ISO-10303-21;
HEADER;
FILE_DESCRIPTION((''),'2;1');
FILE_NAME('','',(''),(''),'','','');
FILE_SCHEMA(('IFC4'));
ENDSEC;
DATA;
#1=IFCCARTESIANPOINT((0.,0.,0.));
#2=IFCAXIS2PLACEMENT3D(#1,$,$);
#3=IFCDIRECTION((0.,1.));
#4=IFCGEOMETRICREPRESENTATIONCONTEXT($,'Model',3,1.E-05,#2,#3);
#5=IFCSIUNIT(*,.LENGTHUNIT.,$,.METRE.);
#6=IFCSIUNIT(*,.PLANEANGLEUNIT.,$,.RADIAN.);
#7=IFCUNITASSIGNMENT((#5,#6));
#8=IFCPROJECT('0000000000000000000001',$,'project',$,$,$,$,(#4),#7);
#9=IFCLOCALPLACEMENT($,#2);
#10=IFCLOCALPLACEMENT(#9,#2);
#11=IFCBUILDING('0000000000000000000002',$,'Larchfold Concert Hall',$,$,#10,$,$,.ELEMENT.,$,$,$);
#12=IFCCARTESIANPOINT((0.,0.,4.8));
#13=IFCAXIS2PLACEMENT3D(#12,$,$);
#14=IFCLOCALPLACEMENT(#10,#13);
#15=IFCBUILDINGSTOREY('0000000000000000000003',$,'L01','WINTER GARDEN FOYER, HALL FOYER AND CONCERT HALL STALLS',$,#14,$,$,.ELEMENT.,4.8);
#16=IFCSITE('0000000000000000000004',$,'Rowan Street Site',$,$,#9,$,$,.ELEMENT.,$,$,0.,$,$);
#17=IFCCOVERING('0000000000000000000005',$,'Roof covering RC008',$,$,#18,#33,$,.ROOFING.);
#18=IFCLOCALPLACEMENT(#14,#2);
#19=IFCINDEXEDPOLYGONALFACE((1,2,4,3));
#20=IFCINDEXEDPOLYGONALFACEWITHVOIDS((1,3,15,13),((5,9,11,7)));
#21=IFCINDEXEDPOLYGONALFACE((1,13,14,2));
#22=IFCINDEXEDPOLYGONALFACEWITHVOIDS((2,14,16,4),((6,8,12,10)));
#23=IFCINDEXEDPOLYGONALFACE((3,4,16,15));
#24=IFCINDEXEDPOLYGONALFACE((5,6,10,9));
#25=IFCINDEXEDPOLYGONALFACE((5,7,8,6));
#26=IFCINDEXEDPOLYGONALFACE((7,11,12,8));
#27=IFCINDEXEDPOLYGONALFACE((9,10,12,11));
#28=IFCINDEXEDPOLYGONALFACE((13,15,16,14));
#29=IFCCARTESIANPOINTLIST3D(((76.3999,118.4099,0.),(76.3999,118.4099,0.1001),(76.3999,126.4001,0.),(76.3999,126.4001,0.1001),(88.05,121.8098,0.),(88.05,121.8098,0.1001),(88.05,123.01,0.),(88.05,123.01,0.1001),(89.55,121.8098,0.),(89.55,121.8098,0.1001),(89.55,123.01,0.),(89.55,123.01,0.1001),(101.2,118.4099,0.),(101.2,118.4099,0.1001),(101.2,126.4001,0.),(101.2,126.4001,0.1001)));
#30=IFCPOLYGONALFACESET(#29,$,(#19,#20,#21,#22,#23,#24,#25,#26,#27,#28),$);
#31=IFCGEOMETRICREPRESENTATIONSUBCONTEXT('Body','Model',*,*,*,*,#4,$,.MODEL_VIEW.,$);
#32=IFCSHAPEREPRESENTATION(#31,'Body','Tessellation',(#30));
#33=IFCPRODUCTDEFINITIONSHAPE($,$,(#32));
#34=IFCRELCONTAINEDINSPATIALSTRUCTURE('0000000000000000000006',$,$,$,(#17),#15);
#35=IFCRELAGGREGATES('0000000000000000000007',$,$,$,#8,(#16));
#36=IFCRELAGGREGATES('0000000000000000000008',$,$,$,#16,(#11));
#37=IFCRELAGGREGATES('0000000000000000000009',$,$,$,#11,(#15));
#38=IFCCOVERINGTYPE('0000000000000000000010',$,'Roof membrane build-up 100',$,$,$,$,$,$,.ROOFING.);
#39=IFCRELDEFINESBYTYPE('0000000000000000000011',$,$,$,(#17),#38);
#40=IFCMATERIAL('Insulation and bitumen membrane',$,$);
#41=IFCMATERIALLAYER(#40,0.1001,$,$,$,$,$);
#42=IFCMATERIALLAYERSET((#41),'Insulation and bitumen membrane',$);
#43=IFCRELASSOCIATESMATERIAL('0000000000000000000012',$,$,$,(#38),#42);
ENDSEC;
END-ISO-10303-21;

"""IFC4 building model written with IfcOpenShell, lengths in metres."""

from ifc_helpers import new_model, si_unit, direction, frame, origin, place, context, subcontext, project, spatial, polyline, outline, extrude, material, layer, layer_set, type_object, element, save


model = new_model("IFC4")

# Units and contexts
model_context = context("Model", 3, precision=1e-05, world=origin(), true_north=direction((0.0, 1.0)))
body_context = subcontext(model_context, "Body", "Model", "MODEL_VIEW")
ifc_project = project(units=[si_unit("LENGTHUNIT", "METRE"), si_unit("PLANEANGLEUNIT", "RADIAN")], contexts=[model_context])

# Site, building, storey
site_placement = place(None, origin())
site = spatial("IfcSite", under=ifc_project, at=site_placement, Name="Rowan Street Site", CompositionType="ELEMENT", RefElevation=0.0)
building_placement = place(site_placement, origin())
building = spatial("IfcBuilding", under=site, at=building_placement, Name="Larchfold Concert Hall", CompositionType="ELEMENT")
storey_placement = place(building_placement, frame((0.0, 0.0, 4.8)))
storey = spatial("IfcBuildingStorey", under=building, at=storey_placement, Name="L01", Description="WINTER GARDEN FOYER, HALL FOYER AND CONCERT HALL STALLS", CompositionType="ELEMENT", Elevation=4.8)

# Covering
ifc_material_1 = material(Name="Insulation and bitumen membrane")
ifc_layer_1 = layer(ifc_material_1, 0.1001)
ifc_layer_set_1 = layer_set([ifc_layer_1], Name="Insulation and bitumen membrane")
covering_type_1 = type_object("IfcCoveringType", Name="Roof membrane build-up 100", PredefinedType="ROOFING", material=ifc_layer_set_1)
covering_1_placement = place(storey_placement, origin())
element("IfcCovering", 1, at=covering_1_placement, inside=storey, type_object=covering_type_1, Name="Roof covering RC008", PredefinedType="ROOFING", context=body_context, shape_type="SweptSolid", body=[
    extrude(outline(polyline([(76.3999, 118.4099), (101.2, 118.4099), (101.2, 126.4001), (76.3999, 126.4001), (76.3999, 118.4099)]), holes=[polyline([(89.55, 123.01), (88.05, 123.01), (88.05, 121.8098), (89.55, 121.8098), (89.55, 123.01)])]), origin(), (0.0, 0.0, 1.0), 0.1001),
])

save(model, "model.ifc")
